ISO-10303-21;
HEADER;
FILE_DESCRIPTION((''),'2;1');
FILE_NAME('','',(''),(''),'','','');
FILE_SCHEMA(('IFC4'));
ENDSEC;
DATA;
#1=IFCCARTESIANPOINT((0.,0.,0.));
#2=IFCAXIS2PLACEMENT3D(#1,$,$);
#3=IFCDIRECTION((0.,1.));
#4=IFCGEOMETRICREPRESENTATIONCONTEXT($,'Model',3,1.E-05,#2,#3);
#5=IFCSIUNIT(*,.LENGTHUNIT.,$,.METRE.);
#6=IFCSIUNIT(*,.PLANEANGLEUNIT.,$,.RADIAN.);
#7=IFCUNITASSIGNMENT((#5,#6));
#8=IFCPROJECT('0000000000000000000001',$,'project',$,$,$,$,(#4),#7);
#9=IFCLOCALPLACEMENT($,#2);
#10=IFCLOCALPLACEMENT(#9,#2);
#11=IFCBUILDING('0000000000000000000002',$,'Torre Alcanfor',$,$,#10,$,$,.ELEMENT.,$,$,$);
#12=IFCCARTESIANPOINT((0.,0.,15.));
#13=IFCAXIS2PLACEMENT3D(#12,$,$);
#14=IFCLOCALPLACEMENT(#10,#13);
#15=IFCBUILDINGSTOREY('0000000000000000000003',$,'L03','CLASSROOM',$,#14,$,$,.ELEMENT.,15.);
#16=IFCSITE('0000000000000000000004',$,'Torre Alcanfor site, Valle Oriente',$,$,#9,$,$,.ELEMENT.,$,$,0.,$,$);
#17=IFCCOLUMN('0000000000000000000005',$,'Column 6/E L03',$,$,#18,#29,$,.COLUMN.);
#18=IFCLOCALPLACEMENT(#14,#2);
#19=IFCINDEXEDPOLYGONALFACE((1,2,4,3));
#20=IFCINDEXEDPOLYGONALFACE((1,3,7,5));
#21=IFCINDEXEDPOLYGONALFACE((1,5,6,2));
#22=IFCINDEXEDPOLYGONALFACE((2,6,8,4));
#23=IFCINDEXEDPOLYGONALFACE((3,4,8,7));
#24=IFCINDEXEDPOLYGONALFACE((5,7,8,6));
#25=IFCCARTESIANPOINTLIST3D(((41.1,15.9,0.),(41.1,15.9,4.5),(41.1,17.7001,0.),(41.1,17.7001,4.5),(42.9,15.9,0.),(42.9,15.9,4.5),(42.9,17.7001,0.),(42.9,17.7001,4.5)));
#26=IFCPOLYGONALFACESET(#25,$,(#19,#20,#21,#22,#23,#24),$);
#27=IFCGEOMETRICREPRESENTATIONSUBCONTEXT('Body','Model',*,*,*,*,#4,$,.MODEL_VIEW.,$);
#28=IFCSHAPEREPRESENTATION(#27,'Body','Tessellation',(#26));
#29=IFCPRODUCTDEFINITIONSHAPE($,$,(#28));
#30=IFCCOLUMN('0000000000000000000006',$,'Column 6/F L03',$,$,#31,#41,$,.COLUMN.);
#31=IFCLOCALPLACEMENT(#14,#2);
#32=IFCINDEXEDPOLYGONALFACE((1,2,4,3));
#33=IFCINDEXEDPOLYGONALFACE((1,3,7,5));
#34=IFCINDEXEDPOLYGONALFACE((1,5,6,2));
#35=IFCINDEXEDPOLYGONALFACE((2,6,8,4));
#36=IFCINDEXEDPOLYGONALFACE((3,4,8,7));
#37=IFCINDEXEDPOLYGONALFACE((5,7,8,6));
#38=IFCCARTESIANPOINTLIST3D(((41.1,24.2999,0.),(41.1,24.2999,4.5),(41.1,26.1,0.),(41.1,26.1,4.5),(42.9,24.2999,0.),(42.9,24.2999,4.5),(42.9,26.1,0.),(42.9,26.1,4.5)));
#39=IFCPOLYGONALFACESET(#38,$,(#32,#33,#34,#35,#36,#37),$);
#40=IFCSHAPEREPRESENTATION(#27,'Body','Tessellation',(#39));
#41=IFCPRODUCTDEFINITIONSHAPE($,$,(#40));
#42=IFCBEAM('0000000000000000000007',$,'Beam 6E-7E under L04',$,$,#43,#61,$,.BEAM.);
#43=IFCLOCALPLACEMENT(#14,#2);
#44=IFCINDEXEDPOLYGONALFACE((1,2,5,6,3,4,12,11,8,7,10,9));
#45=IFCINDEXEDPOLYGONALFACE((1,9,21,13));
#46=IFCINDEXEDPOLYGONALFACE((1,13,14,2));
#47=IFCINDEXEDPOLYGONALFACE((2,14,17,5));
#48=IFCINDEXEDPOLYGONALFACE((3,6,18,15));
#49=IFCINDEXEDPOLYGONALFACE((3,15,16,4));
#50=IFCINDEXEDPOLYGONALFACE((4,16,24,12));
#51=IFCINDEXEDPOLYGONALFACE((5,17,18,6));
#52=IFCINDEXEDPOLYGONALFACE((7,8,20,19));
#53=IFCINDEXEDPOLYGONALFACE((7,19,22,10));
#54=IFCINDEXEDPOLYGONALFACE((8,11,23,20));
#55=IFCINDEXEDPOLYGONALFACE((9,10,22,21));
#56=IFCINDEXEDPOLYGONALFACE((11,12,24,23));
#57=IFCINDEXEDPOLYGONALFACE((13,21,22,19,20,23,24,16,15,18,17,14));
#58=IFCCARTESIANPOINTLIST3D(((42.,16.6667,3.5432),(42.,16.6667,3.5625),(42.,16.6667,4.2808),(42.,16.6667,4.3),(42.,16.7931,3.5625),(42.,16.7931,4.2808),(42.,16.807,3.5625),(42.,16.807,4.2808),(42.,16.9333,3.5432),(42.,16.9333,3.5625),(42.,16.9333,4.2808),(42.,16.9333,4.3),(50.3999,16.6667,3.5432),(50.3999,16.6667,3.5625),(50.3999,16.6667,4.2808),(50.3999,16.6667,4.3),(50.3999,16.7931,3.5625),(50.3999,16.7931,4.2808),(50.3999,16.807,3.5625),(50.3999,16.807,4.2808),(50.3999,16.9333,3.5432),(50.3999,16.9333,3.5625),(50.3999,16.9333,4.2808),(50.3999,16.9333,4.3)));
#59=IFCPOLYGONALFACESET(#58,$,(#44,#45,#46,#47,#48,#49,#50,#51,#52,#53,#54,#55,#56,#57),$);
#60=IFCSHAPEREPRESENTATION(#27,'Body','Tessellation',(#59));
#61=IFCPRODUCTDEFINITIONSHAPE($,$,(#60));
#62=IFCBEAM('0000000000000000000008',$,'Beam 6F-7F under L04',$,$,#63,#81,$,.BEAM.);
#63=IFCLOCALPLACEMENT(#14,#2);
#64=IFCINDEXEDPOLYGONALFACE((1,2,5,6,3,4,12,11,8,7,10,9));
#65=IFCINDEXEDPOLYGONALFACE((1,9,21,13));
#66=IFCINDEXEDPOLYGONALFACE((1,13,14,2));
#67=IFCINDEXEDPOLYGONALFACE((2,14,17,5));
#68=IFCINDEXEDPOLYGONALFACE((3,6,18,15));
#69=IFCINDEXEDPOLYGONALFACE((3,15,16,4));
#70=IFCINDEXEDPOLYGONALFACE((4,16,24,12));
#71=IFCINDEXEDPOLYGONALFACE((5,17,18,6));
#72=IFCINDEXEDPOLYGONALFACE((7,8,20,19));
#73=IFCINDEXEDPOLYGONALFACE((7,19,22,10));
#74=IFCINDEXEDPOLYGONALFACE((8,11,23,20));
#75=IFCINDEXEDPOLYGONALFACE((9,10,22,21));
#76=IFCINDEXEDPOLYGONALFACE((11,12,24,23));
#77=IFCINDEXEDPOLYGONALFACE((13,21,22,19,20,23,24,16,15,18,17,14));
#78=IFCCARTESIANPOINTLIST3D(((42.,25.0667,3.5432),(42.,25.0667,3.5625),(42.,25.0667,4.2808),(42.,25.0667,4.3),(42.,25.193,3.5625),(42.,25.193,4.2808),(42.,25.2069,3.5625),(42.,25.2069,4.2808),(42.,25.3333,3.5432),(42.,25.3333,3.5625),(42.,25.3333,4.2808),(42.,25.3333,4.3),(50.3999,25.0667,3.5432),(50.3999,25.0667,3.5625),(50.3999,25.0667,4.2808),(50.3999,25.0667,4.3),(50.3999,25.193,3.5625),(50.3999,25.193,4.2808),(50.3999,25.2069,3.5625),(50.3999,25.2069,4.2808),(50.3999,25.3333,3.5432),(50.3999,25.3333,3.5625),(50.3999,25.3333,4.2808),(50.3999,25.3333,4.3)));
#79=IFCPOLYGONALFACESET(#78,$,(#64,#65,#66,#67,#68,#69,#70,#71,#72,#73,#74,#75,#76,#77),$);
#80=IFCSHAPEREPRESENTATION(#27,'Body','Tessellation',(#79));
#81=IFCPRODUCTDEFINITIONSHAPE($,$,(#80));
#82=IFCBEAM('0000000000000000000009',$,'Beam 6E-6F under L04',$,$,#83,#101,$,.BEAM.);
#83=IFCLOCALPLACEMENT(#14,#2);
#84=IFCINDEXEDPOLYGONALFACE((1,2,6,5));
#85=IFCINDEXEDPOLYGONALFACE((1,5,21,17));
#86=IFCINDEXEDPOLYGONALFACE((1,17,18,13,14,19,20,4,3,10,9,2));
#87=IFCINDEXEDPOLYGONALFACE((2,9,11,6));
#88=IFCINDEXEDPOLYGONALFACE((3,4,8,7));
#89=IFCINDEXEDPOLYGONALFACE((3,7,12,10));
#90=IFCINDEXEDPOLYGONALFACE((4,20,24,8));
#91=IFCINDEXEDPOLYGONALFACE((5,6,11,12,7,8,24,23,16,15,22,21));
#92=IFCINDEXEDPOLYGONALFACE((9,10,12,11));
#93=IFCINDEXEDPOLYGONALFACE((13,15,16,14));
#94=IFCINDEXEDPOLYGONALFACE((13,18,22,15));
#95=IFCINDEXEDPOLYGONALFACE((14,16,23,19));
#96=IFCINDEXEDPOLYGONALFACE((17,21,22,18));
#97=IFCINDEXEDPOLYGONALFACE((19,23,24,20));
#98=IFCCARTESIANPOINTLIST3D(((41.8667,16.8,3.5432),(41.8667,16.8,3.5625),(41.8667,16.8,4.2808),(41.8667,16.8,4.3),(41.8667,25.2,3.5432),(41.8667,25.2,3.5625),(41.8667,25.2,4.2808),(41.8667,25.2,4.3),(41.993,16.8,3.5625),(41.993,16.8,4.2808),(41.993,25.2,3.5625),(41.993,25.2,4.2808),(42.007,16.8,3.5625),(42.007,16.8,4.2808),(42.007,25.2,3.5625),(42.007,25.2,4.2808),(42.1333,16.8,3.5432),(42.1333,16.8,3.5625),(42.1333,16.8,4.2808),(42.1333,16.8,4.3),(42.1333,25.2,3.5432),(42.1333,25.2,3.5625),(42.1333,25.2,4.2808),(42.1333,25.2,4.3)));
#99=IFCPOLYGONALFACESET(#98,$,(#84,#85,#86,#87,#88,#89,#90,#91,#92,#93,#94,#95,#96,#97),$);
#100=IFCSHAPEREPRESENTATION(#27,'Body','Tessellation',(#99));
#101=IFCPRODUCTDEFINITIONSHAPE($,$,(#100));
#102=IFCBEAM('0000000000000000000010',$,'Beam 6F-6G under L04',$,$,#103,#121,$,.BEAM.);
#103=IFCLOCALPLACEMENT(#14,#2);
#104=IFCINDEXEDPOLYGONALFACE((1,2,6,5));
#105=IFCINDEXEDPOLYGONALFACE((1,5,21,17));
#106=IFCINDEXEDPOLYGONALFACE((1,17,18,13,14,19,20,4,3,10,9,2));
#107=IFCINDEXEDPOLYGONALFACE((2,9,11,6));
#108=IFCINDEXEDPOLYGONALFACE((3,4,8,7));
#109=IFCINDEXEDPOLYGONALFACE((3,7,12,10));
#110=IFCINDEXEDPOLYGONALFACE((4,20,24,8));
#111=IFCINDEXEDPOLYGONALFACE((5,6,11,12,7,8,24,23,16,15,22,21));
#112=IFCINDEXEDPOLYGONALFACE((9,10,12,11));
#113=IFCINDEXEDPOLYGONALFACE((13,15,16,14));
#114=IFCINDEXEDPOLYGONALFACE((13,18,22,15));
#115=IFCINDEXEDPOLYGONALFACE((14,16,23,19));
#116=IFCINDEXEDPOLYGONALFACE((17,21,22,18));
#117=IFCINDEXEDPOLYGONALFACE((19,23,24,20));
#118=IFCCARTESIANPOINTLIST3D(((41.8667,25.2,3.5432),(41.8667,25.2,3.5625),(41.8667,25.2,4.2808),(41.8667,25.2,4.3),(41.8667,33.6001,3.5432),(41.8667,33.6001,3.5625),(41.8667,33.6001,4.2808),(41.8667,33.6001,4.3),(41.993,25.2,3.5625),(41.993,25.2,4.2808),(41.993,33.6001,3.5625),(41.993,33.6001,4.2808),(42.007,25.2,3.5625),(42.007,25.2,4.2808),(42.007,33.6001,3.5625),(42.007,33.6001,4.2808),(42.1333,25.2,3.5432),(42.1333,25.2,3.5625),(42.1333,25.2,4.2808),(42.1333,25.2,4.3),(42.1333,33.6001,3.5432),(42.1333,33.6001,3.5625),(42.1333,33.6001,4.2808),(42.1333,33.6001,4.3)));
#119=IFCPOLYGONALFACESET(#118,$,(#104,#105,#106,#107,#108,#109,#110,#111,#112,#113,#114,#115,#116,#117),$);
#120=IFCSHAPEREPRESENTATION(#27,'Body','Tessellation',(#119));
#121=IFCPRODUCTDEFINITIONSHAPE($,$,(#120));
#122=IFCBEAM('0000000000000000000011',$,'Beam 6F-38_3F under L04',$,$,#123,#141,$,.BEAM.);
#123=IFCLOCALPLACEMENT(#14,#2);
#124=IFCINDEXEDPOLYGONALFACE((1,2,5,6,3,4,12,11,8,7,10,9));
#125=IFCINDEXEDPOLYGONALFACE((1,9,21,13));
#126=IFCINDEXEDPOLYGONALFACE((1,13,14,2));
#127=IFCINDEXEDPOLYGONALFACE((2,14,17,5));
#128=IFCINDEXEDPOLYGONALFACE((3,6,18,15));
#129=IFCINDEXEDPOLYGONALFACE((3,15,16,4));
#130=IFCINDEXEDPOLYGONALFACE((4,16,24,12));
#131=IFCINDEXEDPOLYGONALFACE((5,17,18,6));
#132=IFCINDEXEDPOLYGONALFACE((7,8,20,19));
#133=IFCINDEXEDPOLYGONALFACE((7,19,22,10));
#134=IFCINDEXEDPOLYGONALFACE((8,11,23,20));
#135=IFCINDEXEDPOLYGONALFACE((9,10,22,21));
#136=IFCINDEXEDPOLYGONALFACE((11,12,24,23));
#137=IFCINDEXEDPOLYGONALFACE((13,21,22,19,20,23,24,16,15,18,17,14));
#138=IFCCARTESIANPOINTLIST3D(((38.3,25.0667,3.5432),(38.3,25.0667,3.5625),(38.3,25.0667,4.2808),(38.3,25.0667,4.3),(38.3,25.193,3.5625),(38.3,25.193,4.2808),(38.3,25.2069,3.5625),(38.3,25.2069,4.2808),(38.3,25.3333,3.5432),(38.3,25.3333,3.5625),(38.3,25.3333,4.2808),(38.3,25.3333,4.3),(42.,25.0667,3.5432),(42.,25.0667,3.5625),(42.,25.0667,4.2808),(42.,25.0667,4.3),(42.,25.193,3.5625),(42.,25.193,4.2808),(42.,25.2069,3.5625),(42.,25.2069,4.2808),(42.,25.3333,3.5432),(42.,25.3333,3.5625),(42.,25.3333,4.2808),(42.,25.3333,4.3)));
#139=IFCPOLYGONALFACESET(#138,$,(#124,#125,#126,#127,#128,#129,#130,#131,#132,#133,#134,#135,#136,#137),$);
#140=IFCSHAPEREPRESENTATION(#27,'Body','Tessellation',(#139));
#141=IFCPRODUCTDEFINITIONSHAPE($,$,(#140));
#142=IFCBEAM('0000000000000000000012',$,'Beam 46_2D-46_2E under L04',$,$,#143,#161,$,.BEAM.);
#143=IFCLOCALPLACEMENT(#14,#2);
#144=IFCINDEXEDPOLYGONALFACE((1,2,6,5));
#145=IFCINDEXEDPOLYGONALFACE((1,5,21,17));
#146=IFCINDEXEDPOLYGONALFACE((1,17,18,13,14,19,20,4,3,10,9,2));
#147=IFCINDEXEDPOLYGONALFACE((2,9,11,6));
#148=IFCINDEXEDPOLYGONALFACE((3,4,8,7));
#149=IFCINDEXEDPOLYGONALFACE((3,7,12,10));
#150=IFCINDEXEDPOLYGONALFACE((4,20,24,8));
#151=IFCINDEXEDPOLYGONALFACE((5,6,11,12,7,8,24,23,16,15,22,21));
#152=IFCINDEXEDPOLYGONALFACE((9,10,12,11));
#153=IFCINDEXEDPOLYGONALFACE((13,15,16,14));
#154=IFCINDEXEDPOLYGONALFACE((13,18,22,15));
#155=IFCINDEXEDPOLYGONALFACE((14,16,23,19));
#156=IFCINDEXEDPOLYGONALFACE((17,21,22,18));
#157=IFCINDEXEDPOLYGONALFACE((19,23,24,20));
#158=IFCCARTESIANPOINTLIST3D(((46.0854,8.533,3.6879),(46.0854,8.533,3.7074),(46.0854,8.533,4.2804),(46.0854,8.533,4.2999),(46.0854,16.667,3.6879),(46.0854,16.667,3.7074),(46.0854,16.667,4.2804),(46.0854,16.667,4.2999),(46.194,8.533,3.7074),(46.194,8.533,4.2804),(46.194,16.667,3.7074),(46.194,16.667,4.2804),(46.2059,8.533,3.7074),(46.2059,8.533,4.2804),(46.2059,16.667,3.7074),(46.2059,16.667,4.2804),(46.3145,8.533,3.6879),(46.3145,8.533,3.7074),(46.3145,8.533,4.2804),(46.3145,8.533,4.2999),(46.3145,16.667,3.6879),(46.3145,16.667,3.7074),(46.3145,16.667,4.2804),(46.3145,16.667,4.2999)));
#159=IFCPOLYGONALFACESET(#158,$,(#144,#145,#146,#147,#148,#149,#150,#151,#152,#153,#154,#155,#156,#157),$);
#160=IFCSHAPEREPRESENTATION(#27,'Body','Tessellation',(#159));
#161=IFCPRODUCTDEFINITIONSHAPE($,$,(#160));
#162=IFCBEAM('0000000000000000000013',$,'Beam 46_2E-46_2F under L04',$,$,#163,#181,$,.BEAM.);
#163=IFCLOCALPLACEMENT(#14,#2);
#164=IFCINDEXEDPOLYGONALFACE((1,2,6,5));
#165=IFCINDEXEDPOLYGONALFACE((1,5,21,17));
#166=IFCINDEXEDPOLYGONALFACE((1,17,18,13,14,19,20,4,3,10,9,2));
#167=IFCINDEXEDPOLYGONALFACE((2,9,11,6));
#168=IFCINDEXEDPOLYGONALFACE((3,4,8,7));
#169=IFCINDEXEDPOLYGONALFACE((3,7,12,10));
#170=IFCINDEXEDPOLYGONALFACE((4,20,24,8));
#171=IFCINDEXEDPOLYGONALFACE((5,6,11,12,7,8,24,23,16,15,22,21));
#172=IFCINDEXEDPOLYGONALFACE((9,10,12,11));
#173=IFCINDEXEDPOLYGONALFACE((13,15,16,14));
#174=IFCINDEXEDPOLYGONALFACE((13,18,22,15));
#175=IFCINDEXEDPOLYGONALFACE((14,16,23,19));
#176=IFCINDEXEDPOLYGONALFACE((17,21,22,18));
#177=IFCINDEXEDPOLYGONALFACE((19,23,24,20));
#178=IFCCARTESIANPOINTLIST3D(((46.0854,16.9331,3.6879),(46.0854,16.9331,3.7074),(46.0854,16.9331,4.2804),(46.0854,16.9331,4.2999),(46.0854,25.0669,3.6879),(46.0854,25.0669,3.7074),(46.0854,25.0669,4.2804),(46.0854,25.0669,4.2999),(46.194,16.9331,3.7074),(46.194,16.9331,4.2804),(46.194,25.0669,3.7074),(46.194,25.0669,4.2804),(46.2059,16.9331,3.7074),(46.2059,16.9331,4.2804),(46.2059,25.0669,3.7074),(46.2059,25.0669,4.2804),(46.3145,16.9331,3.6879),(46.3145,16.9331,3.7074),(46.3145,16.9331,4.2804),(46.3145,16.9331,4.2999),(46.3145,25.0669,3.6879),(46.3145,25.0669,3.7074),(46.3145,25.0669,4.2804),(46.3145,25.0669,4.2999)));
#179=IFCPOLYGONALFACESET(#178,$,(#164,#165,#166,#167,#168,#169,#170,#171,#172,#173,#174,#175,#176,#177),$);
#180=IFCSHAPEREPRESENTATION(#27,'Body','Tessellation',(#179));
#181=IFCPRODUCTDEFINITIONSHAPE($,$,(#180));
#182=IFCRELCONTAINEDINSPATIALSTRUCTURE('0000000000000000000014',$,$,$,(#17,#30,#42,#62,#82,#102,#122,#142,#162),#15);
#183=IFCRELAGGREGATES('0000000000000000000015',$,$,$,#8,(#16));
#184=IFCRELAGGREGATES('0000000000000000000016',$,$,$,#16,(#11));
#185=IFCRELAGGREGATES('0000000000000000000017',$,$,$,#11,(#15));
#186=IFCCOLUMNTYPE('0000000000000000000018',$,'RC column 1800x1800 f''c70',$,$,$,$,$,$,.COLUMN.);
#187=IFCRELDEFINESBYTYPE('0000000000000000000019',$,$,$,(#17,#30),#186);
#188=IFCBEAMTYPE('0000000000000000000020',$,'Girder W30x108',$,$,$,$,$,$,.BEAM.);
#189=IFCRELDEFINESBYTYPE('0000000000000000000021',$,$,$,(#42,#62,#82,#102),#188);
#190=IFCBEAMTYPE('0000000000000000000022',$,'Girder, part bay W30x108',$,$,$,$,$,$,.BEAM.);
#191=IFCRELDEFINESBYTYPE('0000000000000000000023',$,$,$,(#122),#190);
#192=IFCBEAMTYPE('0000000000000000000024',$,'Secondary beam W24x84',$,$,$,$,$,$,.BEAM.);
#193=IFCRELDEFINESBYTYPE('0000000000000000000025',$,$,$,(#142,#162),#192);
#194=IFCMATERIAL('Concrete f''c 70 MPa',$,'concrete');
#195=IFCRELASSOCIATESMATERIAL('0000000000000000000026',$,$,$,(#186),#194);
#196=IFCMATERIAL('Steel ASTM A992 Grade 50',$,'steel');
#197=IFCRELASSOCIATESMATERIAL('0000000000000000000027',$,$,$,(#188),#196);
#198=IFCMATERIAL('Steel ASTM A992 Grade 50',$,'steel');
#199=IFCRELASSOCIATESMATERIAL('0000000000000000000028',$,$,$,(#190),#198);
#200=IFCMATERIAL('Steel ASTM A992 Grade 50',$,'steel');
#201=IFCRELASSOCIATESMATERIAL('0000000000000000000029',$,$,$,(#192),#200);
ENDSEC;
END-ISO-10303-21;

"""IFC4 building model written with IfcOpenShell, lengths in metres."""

from ifc_helpers import new_model, si_unit, direction, frame, origin, origin_2d, place, context, subcontext, project, spatial, rectangle, i_section, extrude, material, material_profile, profile_set, type_object, element, save


model = new_model("IFC4")

# Units and contexts
model_context = context("Model", 3, precision=1e-05, world=origin(), true_north=direction((0.0, 1.0)))
body_context = subcontext(model_context, "Body", "Model", "MODEL_VIEW")
ifc_project = project(units=[si_unit("LENGTHUNIT", "METRE"), si_unit("PLANEANGLEUNIT", "RADIAN")], contexts=[model_context])

# Site, building, storey
site_placement = place(None, origin())
site = spatial("IfcSite", under=ifc_project, at=site_placement, Name="Torre Alcanfor site, Valle Oriente", CompositionType="ELEMENT", RefElevation=0.0)
building_placement = place(site_placement, origin())
building = spatial("IfcBuilding", under=site, at=building_placement, Name="Torre Alcanfor", CompositionType="ELEMENT")
storey_placement = place(building_placement, frame((0.0, 0.0, 15.0)))
storey = spatial("IfcBuildingStorey", under=building, at=storey_placement, Name="L03", Description="CLASSROOM", CompositionType="ELEMENT", Elevation=15.0)

# Columns
ifc_material_1 = material(Name="Concrete f'c 70 MPa", Category="concrete")
ifc_material_profile_1 = material_profile(ifc_material_1, rectangle(XDim=1.8, YDim=1.8, at=origin_2d()), Name="1800x1800")
ifc_profile_set_1 = profile_set([ifc_material_profile_1], Name="Concrete f'c 70 MPa")
column_type = type_object("IfcColumnType", Name="RC column 1800x1800 f'c70", PredefinedType="COLUMN", material=ifc_profile_set_1)
for number, where, z_axis, x_axis, name in (
    (1, (42.0, 16.8, 0.0), (0.0, 0.0, 1.0), (1.0, 0.0, 0.0), "Column 6/E L03"),
    (2, (42.0, 25.2, 0.0), (0.0, 0.0, 1.0), (1.0, 0.0, 0.0), "Column 6/F L03"),
):
    element("IfcColumn", number, at=place(storey_placement, frame(where, z_axis=z_axis, x_axis=x_axis)), inside=storey, type_object=column_type, Name=name, PredefinedType="COLUMN", context=body_context, shape_type="SweptSolid", body=[
        extrude(rectangle(XDim=1.8, YDim=1.8, at=origin_2d()), origin(), (0.0, 0.0, 1.0), 4.5),
    ])

# Beams
ifc_material_2 = material(Name="Steel ASTM A992 Grade 50", Category="steel")
ifc_material_profile_2 = material_profile(ifc_material_2, i_section(OverallWidth=0.2666, OverallDepth=0.7568, WebThickness=0.0139, FlangeThickness=0.0193, at=origin_2d()), Name="W30x108")
ifc_profile_set_2 = profile_set([ifc_material_profile_2], Name="Steel ASTM A992 Grade 50")
beam_type_1 = type_object("IfcBeamType", Name="Girder W30x108", PredefinedType="BEAM", material=ifc_profile_set_2)
for number, where, z_axis, x_axis, name in (
    (3, (42.0, 16.8, 3.9216), (1.0, 0.0, 0.0), (0.0, 1.0, 0.0), "Beam 6E-7E under L04"),
    (4, (42.0, 25.2, 3.9216), (1.0, 0.0, 0.0), (0.0, 1.0, 0.0), "Beam 6F-7F under L04"),
    (5, (42.0, 16.8, 3.9216), (0.0, 1.0, 0.0), (-1.0, 0.0, 0.0), "Beam 6E-6F under L04"),
):
    element("IfcBeam", number, at=place(storey_placement, frame(where, z_axis=z_axis, x_axis=x_axis)), inside=storey, type_object=beam_type_1, Name=name, PredefinedType="BEAM", context=body_context, shape_type="SweptSolid", body=[
        extrude(i_section(OverallWidth=0.2666, OverallDepth=0.7568, WebThickness=0.0139, FlangeThickness=0.0193, at=origin_2d()), origin(), (0.0, 0.0, 1.0), 8.3999),
    ])
beam_1_placement = place(storey_placement, frame((42.0, 25.2, 3.9216), z_axis=(0.0, 1.0, 0.0), x_axis=(-1.0, 0.0, 0.0)))
element("IfcBeam", 6, at=beam_1_placement, inside=storey, type_object=beam_type_1, Name="Beam 6F-6G under L04", PredefinedType="BEAM", context=body_context, shape_type="SweptSolid", body=[
    extrude(i_section(OverallWidth=0.2666, OverallDepth=0.7568, WebThickness=0.0139, FlangeThickness=0.0193, at=origin_2d()), origin(), (0.0, 0.0, 1.0), 8.4001),
])
ifc_material_3 = material(Name="Steel ASTM A992 Grade 50", Category="steel")
ifc_material_profile_3 = material_profile(ifc_material_3, i_section(OverallWidth=0.2666, OverallDepth=0.7568, WebThickness=0.0139, FlangeThickness=0.0193, at=origin_2d()), Name="W30x108")
ifc_profile_set_3 = profile_set([ifc_material_profile_3], Name="Steel ASTM A992 Grade 50")
beam_type_2 = type_object("IfcBeamType", Name="Girder, part bay W30x108", PredefinedType="BEAM", material=ifc_profile_set_3)
beam_2_placement = place(storey_placement, frame((42.0, 25.2, 3.9216), z_axis=(-1.0, 0.0, 0.0), x_axis=(0.0, -1.0, 0.0)))
element("IfcBeam", 7, at=beam_2_placement, inside=storey, type_object=beam_type_2, Name="Beam 6F-38_3F under L04", PredefinedType="BEAM", context=body_context, shape_type="SweptSolid", body=[
    extrude(i_section(OverallWidth=0.2666, OverallDepth=0.7568, WebThickness=0.0139, FlangeThickness=0.0193, at=origin_2d()), origin(), (0.0, 0.0, 1.0), 3.7),
])
ifc_material_4 = material(Name="Steel ASTM A992 Grade 50", Category="steel")
ifc_material_profile_4 = material_profile(ifc_material_4, i_section(OverallWidth=0.229, OverallDepth=0.6121, WebThickness=0.012, FlangeThickness=0.0195, at=origin_2d()), Name="W24x84")
ifc_profile_set_4 = profile_set([ifc_material_profile_4], Name="Steel ASTM A992 Grade 50")
beam_type_3 = type_object("IfcBeamType", Name="Secondary beam W24x84", PredefinedType="BEAM", material=ifc_profile_set_4)
beam_3_placement = place(storey_placement, frame((46.2, 8.533, 3.9939), z_axis=(0.0, 1.0, 0.0), x_axis=(-1.0, 0.0, 0.0)))
element("IfcBeam", 8, at=beam_3_placement, inside=storey, type_object=beam_type_3, Name="Beam 46_2D-46_2E under L04", PredefinedType="BEAM", context=body_context, shape_type="SweptSolid", body=[
    extrude(i_section(OverallWidth=0.229, OverallDepth=0.6121, WebThickness=0.012, FlangeThickness=0.0195, at=origin_2d()), origin(), (0.0, 0.0, 1.0), 8.134),
])
beam_4_placement = place(storey_placement, frame((46.2, 16.9331, 3.9939), z_axis=(0.0, 1.0, 0.0), x_axis=(-1.0, 0.0, 0.0)))
element("IfcBeam", 9, at=beam_4_placement, inside=storey, type_object=beam_type_3, Name="Beam 46_2E-46_2F under L04", PredefinedType="BEAM", context=body_context, shape_type="SweptSolid", body=[
    extrude(i_section(OverallWidth=0.229, OverallDepth=0.6121, WebThickness=0.012, FlangeThickness=0.0195, at=origin_2d()), origin(), (0.0, 0.0, 1.0), 8.1338),
])

save(model, "model.ifc")
